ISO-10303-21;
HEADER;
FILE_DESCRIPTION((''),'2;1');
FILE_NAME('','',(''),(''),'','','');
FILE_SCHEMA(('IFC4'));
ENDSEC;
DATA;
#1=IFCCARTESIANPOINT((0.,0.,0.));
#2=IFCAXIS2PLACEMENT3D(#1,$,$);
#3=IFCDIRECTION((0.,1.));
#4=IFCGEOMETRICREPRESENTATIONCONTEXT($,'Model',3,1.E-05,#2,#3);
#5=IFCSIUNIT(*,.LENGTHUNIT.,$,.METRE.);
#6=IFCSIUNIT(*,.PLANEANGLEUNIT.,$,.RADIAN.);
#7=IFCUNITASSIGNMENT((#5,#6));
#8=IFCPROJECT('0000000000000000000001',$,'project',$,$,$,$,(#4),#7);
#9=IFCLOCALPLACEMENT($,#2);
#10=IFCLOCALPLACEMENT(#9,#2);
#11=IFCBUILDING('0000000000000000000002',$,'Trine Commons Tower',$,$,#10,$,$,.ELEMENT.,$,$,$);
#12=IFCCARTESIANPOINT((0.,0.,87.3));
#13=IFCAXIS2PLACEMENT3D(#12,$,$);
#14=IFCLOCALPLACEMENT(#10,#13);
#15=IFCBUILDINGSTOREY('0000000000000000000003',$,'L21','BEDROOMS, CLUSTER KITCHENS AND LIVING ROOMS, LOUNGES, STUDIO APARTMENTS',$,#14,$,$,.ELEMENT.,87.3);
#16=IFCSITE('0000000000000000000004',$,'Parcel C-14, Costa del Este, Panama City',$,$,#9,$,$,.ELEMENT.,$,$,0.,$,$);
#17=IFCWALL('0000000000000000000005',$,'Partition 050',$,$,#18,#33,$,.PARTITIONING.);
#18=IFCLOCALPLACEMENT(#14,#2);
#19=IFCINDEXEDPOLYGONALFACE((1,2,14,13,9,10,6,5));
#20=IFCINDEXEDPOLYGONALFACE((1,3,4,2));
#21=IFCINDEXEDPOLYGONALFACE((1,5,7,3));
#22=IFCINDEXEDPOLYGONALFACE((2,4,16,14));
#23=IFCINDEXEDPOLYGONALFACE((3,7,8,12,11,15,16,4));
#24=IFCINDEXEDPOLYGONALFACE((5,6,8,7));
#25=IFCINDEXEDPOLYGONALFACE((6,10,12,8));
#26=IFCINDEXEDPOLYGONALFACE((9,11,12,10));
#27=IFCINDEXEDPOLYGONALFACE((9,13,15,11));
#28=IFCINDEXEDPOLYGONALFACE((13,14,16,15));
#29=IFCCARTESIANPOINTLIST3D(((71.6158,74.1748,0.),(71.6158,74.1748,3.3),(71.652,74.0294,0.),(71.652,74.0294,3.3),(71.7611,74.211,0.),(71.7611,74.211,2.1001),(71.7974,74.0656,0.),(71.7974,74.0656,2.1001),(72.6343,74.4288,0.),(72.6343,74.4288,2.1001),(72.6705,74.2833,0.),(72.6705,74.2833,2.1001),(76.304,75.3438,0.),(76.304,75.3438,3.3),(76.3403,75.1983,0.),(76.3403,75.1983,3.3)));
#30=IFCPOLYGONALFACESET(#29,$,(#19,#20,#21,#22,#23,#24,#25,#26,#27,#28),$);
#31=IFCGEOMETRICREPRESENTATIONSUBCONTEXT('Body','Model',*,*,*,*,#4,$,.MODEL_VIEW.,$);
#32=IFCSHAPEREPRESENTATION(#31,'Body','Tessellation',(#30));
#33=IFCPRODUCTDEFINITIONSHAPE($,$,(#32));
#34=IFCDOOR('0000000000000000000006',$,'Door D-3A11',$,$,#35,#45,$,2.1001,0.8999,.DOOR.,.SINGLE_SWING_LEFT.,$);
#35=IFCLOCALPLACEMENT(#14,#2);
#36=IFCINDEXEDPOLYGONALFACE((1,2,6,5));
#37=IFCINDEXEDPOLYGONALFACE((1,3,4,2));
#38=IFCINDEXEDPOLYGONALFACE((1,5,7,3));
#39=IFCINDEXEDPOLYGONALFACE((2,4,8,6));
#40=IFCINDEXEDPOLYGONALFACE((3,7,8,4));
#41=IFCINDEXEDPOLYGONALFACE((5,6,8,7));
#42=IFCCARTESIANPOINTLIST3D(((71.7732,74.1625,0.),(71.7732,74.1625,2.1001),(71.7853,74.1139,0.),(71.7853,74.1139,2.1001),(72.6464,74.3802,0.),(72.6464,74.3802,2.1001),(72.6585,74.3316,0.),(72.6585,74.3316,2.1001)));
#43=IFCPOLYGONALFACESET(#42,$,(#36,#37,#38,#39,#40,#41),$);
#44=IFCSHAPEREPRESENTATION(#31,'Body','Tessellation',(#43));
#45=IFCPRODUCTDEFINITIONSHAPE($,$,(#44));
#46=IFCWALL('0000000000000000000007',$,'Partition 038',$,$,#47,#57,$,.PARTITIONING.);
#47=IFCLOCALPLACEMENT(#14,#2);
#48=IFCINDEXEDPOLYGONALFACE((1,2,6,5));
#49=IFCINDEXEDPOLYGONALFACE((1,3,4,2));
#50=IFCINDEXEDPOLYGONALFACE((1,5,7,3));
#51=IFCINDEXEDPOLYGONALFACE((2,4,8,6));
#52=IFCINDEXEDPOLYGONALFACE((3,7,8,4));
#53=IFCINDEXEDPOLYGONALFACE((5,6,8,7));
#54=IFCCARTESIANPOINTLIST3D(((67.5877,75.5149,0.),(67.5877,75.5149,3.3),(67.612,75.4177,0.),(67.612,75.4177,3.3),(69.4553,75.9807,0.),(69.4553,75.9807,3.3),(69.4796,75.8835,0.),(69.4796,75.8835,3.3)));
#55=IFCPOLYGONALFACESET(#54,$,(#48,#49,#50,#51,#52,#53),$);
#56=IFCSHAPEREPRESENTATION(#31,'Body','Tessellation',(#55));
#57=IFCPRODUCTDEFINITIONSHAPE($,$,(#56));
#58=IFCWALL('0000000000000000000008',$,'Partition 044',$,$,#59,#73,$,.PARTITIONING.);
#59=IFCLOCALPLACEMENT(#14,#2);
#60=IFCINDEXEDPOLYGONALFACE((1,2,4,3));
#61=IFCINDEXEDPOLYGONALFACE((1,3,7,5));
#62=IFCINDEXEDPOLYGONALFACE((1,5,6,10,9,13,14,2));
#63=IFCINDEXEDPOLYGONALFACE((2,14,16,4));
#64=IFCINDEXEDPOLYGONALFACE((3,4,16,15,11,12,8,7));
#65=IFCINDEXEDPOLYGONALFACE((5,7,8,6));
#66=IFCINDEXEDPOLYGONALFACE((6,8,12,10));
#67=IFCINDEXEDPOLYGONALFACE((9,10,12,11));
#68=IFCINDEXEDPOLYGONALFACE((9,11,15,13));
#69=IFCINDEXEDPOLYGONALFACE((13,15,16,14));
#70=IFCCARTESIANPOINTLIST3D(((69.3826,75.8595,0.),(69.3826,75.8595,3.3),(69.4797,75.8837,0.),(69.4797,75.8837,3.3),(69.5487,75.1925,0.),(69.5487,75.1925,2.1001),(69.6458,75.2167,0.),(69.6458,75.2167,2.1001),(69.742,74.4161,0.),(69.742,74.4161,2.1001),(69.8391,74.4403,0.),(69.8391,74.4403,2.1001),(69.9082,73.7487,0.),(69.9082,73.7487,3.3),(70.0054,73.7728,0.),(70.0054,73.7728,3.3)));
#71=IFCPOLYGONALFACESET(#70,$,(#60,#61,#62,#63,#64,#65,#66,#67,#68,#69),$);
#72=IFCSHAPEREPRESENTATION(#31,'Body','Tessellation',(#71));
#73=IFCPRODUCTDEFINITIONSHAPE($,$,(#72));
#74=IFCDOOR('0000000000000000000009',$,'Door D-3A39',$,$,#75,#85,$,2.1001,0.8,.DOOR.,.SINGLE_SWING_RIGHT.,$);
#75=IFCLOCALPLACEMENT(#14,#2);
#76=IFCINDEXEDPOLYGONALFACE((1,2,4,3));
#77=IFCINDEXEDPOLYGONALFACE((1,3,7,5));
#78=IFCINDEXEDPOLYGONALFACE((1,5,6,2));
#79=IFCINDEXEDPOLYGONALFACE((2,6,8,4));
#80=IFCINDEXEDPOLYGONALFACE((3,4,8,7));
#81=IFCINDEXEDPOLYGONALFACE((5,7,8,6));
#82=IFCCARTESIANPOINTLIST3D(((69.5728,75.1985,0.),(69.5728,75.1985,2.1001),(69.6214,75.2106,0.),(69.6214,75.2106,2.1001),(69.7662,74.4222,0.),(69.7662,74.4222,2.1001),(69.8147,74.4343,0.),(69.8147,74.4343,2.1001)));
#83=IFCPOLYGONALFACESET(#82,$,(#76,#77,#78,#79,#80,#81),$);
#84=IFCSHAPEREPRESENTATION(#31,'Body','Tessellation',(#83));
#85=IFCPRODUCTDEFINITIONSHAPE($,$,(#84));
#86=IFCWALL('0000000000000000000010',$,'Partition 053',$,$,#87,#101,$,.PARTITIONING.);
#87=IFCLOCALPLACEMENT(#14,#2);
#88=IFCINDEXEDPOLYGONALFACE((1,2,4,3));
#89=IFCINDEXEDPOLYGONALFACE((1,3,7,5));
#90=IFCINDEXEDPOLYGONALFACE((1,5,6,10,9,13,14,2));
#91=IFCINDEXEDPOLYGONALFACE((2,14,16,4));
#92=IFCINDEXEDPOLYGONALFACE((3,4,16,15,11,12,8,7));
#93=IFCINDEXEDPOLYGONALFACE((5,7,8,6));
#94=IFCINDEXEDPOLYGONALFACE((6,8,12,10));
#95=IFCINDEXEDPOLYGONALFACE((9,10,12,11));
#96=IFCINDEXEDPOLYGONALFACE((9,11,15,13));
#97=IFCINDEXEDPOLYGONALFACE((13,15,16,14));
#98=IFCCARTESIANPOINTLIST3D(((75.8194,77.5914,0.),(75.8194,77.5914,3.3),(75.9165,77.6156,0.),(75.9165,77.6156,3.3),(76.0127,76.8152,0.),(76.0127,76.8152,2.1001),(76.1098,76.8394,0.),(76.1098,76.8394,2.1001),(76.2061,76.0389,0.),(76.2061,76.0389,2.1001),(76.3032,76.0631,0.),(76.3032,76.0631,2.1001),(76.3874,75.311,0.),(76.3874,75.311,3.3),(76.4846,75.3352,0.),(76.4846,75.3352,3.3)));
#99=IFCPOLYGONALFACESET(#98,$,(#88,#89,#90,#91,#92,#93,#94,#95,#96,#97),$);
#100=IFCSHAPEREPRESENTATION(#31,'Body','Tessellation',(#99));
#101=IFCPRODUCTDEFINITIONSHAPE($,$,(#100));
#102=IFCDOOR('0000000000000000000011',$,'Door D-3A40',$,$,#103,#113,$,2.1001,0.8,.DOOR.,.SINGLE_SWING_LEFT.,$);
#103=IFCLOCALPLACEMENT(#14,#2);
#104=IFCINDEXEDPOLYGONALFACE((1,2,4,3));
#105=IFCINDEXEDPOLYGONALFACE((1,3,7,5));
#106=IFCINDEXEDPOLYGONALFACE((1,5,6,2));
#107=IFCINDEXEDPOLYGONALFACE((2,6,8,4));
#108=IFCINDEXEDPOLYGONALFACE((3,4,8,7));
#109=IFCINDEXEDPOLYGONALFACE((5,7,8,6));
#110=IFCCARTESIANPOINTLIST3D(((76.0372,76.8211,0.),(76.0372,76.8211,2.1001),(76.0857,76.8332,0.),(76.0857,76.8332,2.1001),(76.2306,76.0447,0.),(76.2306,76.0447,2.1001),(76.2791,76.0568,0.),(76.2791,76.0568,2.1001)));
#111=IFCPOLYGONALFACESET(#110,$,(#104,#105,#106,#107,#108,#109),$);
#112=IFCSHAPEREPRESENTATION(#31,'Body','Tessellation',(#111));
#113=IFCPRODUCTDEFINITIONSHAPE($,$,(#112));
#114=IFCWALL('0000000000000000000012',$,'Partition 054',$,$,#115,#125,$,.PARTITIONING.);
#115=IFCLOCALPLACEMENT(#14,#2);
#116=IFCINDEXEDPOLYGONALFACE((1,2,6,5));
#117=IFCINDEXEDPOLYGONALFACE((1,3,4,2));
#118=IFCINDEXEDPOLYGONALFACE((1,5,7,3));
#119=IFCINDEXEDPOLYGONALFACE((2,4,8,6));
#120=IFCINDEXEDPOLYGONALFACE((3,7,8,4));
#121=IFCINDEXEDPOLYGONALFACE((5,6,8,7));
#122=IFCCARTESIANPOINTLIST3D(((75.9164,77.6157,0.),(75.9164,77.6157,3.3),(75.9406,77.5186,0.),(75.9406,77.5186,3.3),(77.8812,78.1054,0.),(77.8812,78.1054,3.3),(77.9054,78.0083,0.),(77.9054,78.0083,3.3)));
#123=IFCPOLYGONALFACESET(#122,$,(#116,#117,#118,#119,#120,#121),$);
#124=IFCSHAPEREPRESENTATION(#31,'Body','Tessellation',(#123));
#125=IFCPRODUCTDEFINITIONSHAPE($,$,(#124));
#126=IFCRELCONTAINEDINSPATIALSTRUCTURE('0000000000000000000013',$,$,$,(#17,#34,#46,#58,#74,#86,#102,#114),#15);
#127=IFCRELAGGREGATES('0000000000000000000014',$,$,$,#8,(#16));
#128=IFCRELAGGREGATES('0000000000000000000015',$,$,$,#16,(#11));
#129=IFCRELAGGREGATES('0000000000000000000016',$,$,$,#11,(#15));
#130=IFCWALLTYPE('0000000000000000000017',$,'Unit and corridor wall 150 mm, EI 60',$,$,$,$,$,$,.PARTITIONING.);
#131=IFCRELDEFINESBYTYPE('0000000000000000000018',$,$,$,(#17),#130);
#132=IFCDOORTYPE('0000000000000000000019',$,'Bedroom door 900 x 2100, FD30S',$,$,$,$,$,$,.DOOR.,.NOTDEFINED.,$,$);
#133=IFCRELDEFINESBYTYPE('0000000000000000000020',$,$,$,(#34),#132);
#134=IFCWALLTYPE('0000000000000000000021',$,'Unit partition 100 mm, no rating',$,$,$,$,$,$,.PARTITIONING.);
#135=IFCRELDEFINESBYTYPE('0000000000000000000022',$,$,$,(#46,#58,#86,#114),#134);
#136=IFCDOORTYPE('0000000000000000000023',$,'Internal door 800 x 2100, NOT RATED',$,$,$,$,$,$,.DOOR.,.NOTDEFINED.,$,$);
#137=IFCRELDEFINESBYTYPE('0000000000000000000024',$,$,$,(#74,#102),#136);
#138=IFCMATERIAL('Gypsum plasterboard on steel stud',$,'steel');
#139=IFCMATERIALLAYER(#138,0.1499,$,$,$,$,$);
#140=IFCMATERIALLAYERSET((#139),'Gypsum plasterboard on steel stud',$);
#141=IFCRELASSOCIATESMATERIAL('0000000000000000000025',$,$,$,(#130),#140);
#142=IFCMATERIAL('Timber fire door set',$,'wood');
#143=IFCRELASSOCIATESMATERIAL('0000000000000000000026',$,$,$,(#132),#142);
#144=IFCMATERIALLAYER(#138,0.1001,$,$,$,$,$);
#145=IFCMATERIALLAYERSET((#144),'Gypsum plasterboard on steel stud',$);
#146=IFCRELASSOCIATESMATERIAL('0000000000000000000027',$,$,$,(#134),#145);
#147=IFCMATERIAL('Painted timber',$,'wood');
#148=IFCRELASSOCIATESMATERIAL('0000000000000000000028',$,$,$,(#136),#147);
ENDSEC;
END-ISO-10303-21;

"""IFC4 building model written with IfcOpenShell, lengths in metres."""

from ifc_helpers import new_model, si_unit, direction, frame, frame_2d, origin, place, context, subcontext, project, spatial, rectangle, extrude, material, layer, layer_set, type_object, element, fill, save


model = new_model("IFC4")

# Units and contexts
model_context = context("Model", 3, precision=1e-05, world=origin(), true_north=direction((0.0, 1.0)))
body_context = subcontext(model_context, "Body", "Model", "MODEL_VIEW")
ifc_project = project(units=[si_unit("LENGTHUNIT", "METRE"), si_unit("PLANEANGLEUNIT", "RADIAN")], contexts=[model_context])

# Site, building, storey
site_placement = place(None, origin())
site = spatial("IfcSite", under=ifc_project, at=site_placement, Name="Parcel C-14, Costa del Este, Panama City", CompositionType="ELEMENT", RefElevation=0.0)
building_placement = place(site_placement, origin())
building = spatial("IfcBuilding", under=site, at=building_placement, Name="Trine Commons Tower", CompositionType="ELEMENT")
storey_placement = place(building_placement, frame((0.0, 0.0, 87.3)))
storey = spatial("IfcBuildingStorey", under=building, at=storey_placement, Name="L21", Description="BEDROOMS, CLUSTER KITCHENS AND LIVING ROOMS, LOUNGES, STUDIO APARTMENTS", CompositionType="ELEMENT", Elevation=87.3)

# Shared definitions
ifc_material_1 = material(Name="Gypsum plasterboard on steel stud", Category="steel")
ifc_layer_1 = layer(ifc_material_1, 0.1499)
ifc_layer_set_1 = layer_set([ifc_layer_1], Name="Gypsum plasterboard on steel stud")
wall_type_1 = type_object("IfcWallType", Name="Unit and corridor wall 150 mm, EI 60", PredefinedType="PARTITIONING", material=ifc_layer_set_1)

# Shared definitions
ifc_material_2 = material(Name="Timber fire door set", Category="wood")
door_type_1 = type_object("IfcDoorType", Name="Bedroom door 900 x 2100, FD30S", OperationType="NOTDEFINED", PredefinedType="DOOR", material=ifc_material_2)

# Wall, opening, door
wall_1_placement = place(storey_placement, frame((71.6338, 74.1021, 0.0), z_axis=(0.0, 0.0, 1.0), x_axis=(0.970294, 0.241929, 0.0)))
wall_1 = element("IfcWall", 1, at=wall_1_placement, inside=storey, type_object=wall_type_1, Name="Partition 050", PredefinedType="PARTITIONING", context=body_context, shape_type="SweptSolid", body=[
    extrude(rectangle(XDim=4.8318, YDim=0.1499, at=frame_2d((2.416, 0.0))), origin(), (0.0, 0.0, 1.0), 3.3),
])
opening_1_placement = place(wall_1_placement, frame((0.1499, 0.0, 0.0)))
opening_1 = element("IfcOpeningElement", 2, at=opening_1_placement, cuts=wall_1, PredefinedType="OPENING", context=body_context, shape_type="SweptSolid", body=[
    extrude(rectangle(XDim=0.8999, YDim=2.1001, at=frame_2d((0.45, 1.05))), frame((0.0, 0.085, 0.0), z_axis=(0.0, -1.0, 0.0), x_axis=(1.0, 0.0, 0.0)), (0.0, 0.0, 1.0), 0.1699),
])
door_1_placement = place(opening_1_placement, origin())
door_1 = element("IfcDoor", 3, at=door_1_placement, inside=storey, type_object=door_type_1, Name="Door D-3A11", OperationType="SINGLE_SWING_LEFT", OverallHeight=2.1001, OverallWidth=0.8999, PredefinedType="DOOR", context=body_context, shape_type="SweptSolid", body=[
    extrude(rectangle(XDim=0.8999, YDim=2.1001, at=frame_2d((0.45, 1.05))), frame((0.0, 0.0249, 0.0), z_axis=(0.0, -1.0, 0.0), x_axis=(1.0, 0.0, 0.0)), (0.0, 0.0, 1.0), 0.05),
])
fill(opening_1, door_1)

# Wall
ifc_layer_2 = layer(ifc_material_1, 0.1001)
ifc_layer_set_2 = layer_set([ifc_layer_2], Name="Gypsum plasterboard on steel stud")
wall_type_2 = type_object("IfcWallType", Name="Unit partition 100 mm, no rating", PredefinedType="PARTITIONING", material=ifc_layer_set_2)
wall_2_placement = place(storey_placement, frame((67.5999, 75.4663, 0.0), z_axis=(0.0, 0.0, 1.0), x_axis=(0.970277, 0.241998, 0.0)))
element("IfcWall", 4, at=wall_2_placement, inside=storey, type_object=wall_type_2, Name="Partition 038", PredefinedType="PARTITIONING", context=body_context, shape_type="SweptSolid", body=[
    extrude(rectangle(XDim=1.9248, YDim=0.1001, at=frame_2d((0.9624, 0.0))), origin(), (0.0, 0.0, 1.0), 3.3),
])

# Walls, openings, doors
wall_3_placement = place(storey_placement, frame((69.4312, 75.8716, 0.0), z_axis=(0.0, 0.0, 1.0), x_axis=(0.241638, -0.970367, 0.0)))
wall_3 = element("IfcWall", 5, at=wall_3_placement, inside=storey, type_object=wall_type_2, Name="Partition 044", PredefinedType="PARTITIONING", context=body_context, shape_type="SweptSolid", body=[
    extrude(rectangle(XDim=2.1753, YDim=0.1001, at=frame_2d((1.0876, 0.0))), origin(), (0.0, 0.0, 1.0), 3.3),
])
opening_2_placement = place(wall_3_placement, frame((0.6875, 0.0, 0.0)))
opening_2 = element("IfcOpeningElement", 6, at=opening_2_placement, cuts=wall_3, PredefinedType="OPENING", context=body_context, shape_type="SweptSolid", body=[
    extrude(rectangle(XDim=0.8, YDim=2.1001, at=frame_2d((0.3999, 1.05))), frame((0.0, 0.0601, 0.0), z_axis=(0.0, -1.0, 0.0), x_axis=(1.0, 0.0, 0.0)), (0.0, 0.0, 1.0), 0.1201),
])
ifc_material_3 = material(Name="Painted timber", Category="wood")
door_type_2 = type_object("IfcDoorType", Name="Internal door 800 x 2100, NOT RATED", OperationType="NOTDEFINED", PredefinedType="DOOR", material=ifc_material_3)
door_2_placement = place(opening_2_placement, origin())
door_2 = element("IfcDoor", 7, at=door_2_placement, inside=storey, type_object=door_type_2, Name="Door D-3A39", OperationType="SINGLE_SWING_RIGHT", OverallHeight=2.1001, OverallWidth=0.8, PredefinedType="DOOR", context=body_context, shape_type="SweptSolid", body=[
    extrude(rectangle(XDim=0.8, YDim=2.1001, at=frame_2d((0.3999, 1.05))), frame((0.0, 0.0249, 0.0), z_axis=(0.0, -1.0, 0.0), x_axis=(1.0, 0.0, 0.0)), (0.0, 0.0, 1.0), 0.05),
])
fill(opening_2, door_2)
wall_4_placement = place(storey_placement, frame((75.8679, 77.6035, 0.0), z_axis=(0.0, 0.0, 1.0), x_axis=(0.241729, -0.970344, 0.0)))
wall_4 = element("IfcWall", 8, at=wall_4_placement, inside=storey, type_object=wall_type_2, Name="Partition 053", PredefinedType="PARTITIONING", context=body_context, shape_type="SweptSolid", body=[
    extrude(rectangle(XDim=2.3501, YDim=0.1001, at=frame_2d((1.175, 0.0))), origin(), (0.0, 0.0, 1.0), 3.3),
])
opening_3_placement = place(wall_4_placement, frame((0.8, 0.0, 0.0)))
opening_3 = element("IfcOpeningElement", 9, at=opening_3_placement, cuts=wall_4, PredefinedType="OPENING", context=body_context, shape_type="SweptSolid", body=[
    extrude(rectangle(XDim=0.8, YDim=2.1001, at=frame_2d((0.3999, 1.05))), frame((0.0, 0.0601, 0.0), z_axis=(0.0, -1.0, 0.0), x_axis=(1.0, 0.0, 0.0)), (0.0, 0.0, 1.0), 0.1201),
])
door_3_placement = place(opening_3_placement, frame((0.8, 0.0, 0.0), z_axis=(0.0, 0.0, 1.0), x_axis=(-1.0, 0.0, 0.0)))
door_3 = element("IfcDoor", 10, at=door_3_placement, inside=storey, type_object=door_type_2, Name="Door D-3A40", OperationType="SINGLE_SWING_LEFT", OverallHeight=2.1001, OverallWidth=0.8, PredefinedType="DOOR", context=body_context, shape_type="SweptSolid", body=[
    extrude(rectangle(XDim=0.8, YDim=2.1001, at=frame_2d((0.3999, 1.05))), frame((0.0, 0.0249, 0.0), z_axis=(0.0, -1.0, 0.0), x_axis=(1.0, 0.0, 0.0)), (0.0, 0.0, 1.0), 0.05),
])
fill(opening_3, door_3)

# Wall
wall_5_placement = place(storey_placement, frame((75.9285, 77.5671, 0.0), z_axis=(0.0, 0.0, 1.0), x_axis=(0.970312, 0.241855, 0.0)))
element("IfcWall", 11, at=wall_5_placement, inside=storey, type_object=wall_type_2, Name="Partition 054", PredefinedType="PARTITIONING", context=body_context, shape_type="SweptSolid", body=[
    extrude(rectangle(XDim=2.0249, YDim=0.1001, at=frame_2d((1.0125, 0.0))), origin(), (0.0, 0.0, 1.0), 3.3),
])

save(model, "model.ifc")
